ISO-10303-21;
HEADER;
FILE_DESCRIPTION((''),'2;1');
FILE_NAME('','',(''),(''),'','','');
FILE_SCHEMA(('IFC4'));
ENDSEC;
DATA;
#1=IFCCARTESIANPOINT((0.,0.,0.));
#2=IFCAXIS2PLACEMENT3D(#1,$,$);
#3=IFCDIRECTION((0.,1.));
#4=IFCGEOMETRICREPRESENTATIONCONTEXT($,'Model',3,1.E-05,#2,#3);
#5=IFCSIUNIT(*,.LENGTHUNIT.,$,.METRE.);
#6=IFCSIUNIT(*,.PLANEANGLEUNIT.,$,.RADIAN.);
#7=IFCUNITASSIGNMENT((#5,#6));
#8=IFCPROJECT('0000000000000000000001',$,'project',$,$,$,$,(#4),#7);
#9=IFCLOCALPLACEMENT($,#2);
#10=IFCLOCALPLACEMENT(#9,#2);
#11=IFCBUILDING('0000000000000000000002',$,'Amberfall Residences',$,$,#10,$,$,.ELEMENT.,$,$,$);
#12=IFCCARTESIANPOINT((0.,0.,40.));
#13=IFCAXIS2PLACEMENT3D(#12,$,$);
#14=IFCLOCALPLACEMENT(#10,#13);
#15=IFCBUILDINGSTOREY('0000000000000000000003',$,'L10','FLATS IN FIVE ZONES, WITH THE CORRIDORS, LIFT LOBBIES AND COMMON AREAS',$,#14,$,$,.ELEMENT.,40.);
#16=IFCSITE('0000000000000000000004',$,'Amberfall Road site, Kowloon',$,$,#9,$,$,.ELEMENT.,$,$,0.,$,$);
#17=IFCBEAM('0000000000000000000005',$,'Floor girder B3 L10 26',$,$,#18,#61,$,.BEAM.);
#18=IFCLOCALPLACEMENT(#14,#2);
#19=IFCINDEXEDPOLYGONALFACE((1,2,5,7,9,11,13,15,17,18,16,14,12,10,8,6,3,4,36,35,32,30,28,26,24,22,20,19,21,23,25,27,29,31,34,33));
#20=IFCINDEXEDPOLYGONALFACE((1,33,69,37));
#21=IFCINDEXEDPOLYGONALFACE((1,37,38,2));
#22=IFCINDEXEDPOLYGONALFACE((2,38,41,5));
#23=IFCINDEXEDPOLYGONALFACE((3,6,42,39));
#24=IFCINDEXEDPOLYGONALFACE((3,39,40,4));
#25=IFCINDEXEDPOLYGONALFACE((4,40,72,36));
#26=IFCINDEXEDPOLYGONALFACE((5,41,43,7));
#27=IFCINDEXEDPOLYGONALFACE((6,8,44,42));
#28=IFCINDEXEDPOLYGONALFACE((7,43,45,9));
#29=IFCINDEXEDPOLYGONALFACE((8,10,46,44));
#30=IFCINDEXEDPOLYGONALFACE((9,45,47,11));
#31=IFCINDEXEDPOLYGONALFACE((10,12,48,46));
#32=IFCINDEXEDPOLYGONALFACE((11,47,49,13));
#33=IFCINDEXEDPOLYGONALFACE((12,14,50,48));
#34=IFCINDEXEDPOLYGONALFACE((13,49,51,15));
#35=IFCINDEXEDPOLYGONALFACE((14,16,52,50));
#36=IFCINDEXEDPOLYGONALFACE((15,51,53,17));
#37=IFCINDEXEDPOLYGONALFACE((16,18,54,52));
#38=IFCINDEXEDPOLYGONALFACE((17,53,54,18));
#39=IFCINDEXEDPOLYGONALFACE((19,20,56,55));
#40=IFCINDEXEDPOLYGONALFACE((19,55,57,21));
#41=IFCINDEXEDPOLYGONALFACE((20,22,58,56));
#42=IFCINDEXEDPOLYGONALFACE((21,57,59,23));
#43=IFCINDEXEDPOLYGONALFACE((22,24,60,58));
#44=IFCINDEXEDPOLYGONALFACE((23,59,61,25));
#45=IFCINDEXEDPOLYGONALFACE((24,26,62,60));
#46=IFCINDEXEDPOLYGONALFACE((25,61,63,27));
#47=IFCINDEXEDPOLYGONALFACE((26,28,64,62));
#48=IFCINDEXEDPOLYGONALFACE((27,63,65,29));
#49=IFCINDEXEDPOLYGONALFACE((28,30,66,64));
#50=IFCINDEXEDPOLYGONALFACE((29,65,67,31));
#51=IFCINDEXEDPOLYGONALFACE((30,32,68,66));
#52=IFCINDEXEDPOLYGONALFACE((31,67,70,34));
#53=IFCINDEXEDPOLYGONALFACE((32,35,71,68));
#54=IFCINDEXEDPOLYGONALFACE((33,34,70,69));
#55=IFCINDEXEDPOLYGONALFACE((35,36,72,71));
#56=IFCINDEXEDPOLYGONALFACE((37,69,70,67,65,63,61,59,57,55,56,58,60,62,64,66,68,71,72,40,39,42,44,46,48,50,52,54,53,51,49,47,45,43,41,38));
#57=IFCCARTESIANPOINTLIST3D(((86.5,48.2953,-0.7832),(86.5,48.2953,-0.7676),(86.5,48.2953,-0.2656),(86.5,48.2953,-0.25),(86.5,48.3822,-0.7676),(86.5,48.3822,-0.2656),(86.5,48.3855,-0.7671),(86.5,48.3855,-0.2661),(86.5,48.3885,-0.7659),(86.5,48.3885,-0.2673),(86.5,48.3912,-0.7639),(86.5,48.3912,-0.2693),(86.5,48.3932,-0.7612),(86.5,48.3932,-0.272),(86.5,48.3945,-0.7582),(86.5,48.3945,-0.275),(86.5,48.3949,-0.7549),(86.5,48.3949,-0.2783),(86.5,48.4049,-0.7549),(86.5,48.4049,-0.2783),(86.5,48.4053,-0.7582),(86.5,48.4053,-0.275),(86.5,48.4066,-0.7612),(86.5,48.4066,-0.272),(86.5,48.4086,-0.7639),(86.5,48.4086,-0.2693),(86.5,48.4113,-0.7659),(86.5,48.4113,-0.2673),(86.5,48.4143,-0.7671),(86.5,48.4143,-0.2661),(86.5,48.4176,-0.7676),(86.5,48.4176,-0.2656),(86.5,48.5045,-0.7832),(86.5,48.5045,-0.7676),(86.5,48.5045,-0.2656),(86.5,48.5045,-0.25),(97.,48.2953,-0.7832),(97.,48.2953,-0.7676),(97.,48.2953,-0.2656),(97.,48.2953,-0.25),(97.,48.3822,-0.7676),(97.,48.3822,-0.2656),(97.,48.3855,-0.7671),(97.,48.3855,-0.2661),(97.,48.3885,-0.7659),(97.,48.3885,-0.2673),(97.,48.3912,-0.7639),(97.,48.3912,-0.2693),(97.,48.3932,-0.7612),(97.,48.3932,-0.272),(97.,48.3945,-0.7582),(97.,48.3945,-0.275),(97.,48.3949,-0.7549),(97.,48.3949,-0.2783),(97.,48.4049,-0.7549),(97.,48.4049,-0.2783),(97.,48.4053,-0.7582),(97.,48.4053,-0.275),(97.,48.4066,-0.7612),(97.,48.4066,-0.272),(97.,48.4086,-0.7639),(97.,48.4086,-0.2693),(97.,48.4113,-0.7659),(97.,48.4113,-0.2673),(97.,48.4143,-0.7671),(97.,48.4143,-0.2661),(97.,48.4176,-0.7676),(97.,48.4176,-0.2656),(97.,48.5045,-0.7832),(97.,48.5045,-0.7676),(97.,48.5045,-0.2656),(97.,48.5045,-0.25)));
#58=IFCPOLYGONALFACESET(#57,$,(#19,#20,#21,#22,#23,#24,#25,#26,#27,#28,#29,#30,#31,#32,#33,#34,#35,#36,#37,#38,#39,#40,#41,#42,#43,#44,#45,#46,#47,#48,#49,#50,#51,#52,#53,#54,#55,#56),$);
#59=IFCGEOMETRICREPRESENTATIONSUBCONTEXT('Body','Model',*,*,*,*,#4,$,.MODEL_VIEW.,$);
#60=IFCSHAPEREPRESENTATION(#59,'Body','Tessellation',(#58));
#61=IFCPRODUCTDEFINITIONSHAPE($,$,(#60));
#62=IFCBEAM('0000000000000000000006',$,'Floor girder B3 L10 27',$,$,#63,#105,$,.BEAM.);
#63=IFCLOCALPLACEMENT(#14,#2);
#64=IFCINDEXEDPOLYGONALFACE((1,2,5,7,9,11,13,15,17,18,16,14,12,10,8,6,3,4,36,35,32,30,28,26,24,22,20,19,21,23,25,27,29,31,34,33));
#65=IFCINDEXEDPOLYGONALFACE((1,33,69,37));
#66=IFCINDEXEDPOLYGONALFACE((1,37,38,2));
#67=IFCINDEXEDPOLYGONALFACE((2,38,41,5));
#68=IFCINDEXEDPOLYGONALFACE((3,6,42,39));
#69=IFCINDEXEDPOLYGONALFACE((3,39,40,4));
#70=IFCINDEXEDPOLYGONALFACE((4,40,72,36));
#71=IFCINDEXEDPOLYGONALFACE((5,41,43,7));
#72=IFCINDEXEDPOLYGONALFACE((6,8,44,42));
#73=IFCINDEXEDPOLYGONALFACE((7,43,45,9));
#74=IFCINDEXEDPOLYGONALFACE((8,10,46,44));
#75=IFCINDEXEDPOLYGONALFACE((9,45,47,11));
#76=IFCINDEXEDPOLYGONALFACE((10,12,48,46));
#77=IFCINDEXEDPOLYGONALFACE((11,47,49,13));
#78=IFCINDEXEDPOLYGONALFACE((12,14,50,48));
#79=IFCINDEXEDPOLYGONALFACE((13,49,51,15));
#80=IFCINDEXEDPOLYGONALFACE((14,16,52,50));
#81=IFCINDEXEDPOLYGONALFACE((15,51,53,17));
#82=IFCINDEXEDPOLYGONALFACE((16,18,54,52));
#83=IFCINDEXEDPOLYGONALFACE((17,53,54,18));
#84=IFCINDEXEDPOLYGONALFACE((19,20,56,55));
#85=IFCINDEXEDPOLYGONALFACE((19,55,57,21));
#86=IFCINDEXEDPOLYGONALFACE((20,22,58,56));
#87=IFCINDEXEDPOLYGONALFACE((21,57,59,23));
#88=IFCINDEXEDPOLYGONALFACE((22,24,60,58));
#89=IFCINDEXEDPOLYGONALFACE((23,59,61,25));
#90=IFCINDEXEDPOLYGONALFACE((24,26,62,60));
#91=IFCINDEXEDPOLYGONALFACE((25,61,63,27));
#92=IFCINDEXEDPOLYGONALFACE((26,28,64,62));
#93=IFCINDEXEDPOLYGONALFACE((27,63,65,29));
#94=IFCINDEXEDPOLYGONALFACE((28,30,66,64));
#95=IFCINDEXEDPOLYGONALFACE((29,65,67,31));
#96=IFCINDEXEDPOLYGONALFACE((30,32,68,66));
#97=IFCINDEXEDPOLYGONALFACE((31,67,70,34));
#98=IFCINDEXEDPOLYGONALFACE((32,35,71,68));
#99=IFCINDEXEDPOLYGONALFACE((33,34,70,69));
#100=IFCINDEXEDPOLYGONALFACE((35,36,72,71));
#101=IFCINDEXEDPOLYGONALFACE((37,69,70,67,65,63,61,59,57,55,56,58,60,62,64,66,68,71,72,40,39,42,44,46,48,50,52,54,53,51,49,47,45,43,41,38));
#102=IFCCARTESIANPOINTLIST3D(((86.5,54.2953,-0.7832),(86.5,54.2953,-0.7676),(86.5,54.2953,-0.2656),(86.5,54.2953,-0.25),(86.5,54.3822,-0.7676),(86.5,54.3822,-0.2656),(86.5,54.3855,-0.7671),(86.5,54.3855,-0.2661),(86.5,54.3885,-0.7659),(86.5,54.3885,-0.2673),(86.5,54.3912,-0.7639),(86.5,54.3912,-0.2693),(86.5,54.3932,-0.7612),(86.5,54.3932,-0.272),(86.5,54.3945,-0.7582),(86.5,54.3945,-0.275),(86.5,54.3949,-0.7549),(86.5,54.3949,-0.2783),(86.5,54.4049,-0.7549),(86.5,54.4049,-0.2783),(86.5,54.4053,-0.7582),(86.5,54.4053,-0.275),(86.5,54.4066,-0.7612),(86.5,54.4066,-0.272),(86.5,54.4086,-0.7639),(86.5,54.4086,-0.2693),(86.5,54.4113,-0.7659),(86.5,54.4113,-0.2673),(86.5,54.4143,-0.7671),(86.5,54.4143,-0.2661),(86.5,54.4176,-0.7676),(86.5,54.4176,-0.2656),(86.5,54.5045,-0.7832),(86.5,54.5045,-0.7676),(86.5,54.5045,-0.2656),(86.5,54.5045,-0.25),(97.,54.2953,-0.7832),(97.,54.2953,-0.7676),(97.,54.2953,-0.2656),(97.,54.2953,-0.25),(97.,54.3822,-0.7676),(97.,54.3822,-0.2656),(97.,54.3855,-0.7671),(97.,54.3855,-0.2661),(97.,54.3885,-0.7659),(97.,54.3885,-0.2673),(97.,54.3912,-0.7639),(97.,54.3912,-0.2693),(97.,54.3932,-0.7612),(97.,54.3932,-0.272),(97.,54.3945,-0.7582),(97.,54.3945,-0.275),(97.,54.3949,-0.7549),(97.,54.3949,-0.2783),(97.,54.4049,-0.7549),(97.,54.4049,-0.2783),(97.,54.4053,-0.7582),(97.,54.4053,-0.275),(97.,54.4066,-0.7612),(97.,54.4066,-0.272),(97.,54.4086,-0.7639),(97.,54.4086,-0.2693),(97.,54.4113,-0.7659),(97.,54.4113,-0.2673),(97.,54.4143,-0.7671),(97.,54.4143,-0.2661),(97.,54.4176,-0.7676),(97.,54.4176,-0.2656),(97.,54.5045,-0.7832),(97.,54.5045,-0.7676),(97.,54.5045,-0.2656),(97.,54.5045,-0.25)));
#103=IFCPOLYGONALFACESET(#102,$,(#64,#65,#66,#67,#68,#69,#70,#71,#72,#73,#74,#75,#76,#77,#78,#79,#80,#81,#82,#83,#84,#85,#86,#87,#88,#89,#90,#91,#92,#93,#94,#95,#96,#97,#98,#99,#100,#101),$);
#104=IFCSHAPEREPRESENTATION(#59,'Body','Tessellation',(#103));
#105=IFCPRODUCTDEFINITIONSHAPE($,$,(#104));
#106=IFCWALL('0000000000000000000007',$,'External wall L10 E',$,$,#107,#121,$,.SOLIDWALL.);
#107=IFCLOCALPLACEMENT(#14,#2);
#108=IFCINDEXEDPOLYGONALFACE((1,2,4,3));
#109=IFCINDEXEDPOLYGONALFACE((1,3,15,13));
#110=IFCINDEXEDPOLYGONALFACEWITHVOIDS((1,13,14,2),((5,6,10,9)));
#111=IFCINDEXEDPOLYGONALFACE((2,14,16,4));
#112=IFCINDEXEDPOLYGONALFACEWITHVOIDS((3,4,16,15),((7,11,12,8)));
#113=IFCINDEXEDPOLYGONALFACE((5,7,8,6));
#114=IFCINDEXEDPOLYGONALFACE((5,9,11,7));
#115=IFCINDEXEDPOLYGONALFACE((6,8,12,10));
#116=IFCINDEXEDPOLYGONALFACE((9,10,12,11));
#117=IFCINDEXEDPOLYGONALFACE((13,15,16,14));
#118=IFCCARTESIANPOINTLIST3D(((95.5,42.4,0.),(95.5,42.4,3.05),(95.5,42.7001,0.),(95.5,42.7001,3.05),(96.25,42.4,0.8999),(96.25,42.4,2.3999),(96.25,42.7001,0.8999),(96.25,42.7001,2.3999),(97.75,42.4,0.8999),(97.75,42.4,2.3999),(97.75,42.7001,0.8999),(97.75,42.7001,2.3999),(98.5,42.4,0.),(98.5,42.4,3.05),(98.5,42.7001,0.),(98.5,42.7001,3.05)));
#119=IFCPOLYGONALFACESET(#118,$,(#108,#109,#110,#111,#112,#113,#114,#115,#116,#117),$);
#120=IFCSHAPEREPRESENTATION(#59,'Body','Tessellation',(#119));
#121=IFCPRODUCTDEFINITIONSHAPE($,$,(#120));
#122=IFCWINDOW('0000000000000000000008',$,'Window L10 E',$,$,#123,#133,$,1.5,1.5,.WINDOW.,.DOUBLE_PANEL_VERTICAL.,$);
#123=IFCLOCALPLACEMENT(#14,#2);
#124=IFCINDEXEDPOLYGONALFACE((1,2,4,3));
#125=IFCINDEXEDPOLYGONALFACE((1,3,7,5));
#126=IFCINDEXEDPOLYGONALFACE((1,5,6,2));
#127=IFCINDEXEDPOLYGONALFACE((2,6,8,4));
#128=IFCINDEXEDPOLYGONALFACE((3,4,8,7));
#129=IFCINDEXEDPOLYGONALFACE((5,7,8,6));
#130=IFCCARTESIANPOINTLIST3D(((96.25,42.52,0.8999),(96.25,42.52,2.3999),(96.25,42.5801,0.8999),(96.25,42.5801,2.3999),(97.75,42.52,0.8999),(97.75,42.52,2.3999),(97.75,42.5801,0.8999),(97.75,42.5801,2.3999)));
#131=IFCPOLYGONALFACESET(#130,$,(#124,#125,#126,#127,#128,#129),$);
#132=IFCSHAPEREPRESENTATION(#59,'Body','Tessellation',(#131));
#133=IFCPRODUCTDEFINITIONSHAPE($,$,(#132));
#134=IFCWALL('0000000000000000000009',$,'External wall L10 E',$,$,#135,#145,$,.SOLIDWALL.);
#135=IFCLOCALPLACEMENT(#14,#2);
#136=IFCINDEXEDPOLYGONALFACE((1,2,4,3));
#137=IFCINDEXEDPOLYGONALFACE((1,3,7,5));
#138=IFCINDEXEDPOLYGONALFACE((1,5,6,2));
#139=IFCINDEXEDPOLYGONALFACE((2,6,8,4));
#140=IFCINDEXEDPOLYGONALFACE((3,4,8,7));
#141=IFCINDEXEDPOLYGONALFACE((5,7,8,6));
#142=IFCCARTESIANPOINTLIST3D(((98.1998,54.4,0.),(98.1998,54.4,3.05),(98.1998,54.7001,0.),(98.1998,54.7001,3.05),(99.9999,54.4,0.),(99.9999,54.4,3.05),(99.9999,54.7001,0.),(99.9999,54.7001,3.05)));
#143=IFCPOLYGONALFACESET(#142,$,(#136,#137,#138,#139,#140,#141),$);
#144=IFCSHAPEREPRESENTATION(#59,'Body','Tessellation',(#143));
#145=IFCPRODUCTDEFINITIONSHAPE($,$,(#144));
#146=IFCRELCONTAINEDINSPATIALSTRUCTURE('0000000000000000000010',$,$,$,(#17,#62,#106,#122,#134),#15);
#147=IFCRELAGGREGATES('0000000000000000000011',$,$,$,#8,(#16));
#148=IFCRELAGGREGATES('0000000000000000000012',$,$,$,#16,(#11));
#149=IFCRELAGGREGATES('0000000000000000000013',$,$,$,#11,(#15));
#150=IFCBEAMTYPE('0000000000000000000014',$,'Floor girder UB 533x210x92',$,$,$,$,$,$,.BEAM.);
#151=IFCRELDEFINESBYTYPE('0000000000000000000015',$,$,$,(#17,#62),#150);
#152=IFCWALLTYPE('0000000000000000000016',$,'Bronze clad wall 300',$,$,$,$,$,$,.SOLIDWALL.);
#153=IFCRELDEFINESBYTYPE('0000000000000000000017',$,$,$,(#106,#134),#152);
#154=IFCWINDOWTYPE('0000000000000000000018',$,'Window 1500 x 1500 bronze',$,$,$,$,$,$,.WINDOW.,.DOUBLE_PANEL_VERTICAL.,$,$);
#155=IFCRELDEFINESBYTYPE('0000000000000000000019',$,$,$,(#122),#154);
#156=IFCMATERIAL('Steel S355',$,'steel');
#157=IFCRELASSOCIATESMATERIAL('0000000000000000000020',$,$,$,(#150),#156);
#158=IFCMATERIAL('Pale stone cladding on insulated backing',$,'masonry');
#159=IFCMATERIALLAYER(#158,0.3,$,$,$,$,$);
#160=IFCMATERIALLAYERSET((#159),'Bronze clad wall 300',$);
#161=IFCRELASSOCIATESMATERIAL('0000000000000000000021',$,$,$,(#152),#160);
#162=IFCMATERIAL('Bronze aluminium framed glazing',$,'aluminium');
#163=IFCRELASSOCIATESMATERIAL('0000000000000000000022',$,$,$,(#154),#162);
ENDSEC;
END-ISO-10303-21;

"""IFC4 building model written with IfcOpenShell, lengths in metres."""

from ifc_helpers import new_model, si_unit, direction, frame, frame_2d, origin, origin_2d, place, context, subcontext, project, spatial, rectangle, i_section, extrude, material, layer, layer_set, material_profile, profile_set, type_object, element, fill, save


model = new_model("IFC4")

# Units and contexts
model_context = context("Model", 3, precision=1e-05, world=origin(), true_north=direction((0.0, 1.0)))
body_context = subcontext(model_context, "Body", "Model", "MODEL_VIEW")
ifc_project = project(units=[si_unit("LENGTHUNIT", "METRE"), si_unit("PLANEANGLEUNIT", "RADIAN")], contexts=[model_context])

# Site, building, storey
site_placement = place(None, origin())
site = spatial("IfcSite", under=ifc_project, at=site_placement, Name="Amberfall Road site, Kowloon", CompositionType="ELEMENT", RefElevation=0.0)
building_placement = place(site_placement, origin())
building = spatial("IfcBuilding", under=site, at=building_placement, Name="Amberfall Residences", CompositionType="ELEMENT")
storey_placement = place(building_placement, frame((0.0, 0.0, 40.0)))
storey = spatial("IfcBuildingStorey", under=building, at=storey_placement, Name="L10", Description="FLATS IN FIVE ZONES, WITH THE CORRIDORS, LIFT LOBBIES AND COMMON AREAS", CompositionType="ELEMENT", Elevation=40.0)

# Shared definitions
ifc_material_1 = material(Name="Steel S355", Category="steel")

# Beams
ifc_material_profile_1 = material_profile(ifc_material_1, i_section(OverallWidth=0.2092, OverallDepth=0.5332, WebThickness=0.01, FlangeThickness=0.0156, FilletRadius=0.0127, at=origin_2d()), Name="UB 533x210x92")
ifc_profile_set_1 = profile_set([ifc_material_profile_1], Name="Steel S355")
beam_type_1 = type_object("IfcBeamType", Name="Floor girder UB 533x210x92", PredefinedType="BEAM", material=ifc_profile_set_1)
for number, where, z_axis, x_axis, name in (
    (1, (97.0, 48.3999, -0.5166), (-1.0, 0.0, 0.0), (0.0, -1.0, 0.0), "Floor girder B3 L10 26"),
    (2, (97.0, 54.3999, -0.5166), (-1.0, 0.0, 0.0), (0.0, -1.0, 0.0), "Floor girder B3 L10 27"),
):
    element("IfcBeam", number, at=place(storey_placement, frame(where, z_axis=z_axis, x_axis=x_axis)), inside=storey, type_object=beam_type_1, Name=name, PredefinedType="BEAM", context=body_context, shape_type="SweptSolid", body=[
        extrude(i_section(OverallWidth=0.2092, OverallDepth=0.5332, WebThickness=0.01, FlangeThickness=0.0156, FilletRadius=0.0127, at=origin_2d()), origin(), (0.0, 0.0, 1.0), 10.5),
    ])

# Wall, opening, window
ifc_material_2 = material(Name="Pale stone cladding on insulated backing", Category="masonry")
ifc_layer_1 = layer(ifc_material_2, 0.3)
ifc_layer_set_1 = layer_set([ifc_layer_1], Name="Bronze clad wall 300")
wall_type_1 = type_object("IfcWallType", Name="Bronze clad wall 300", PredefinedType="SOLIDWALL", material=ifc_layer_set_1)
wall_1_placement = place(storey_placement, frame((95.5, 42.55, 0.0), z_axis=(0.0, 0.0, 1.0), x_axis=(1.0, 0.0, 0.0)))
wall_1 = element("IfcWall", 3, at=wall_1_placement, inside=storey, type_object=wall_type_1, Name="External wall L10 E", PredefinedType="SOLIDWALL", context=body_context, shape_type="SweptSolid", body=[
    extrude(rectangle(XDim=3.0, YDim=0.3, at=frame_2d((1.5, 0.0))), origin(), (0.0, 0.0, 1.0), 3.05),
])
opening_1_placement = place(wall_1_placement, frame((0.75, 0.0, 0.8999)))
opening_1 = element("IfcOpeningElement", 4, at=opening_1_placement, cuts=wall_1, PredefinedType="OPENING", context=body_context, shape_type="SweptSolid", body=[
    extrude(rectangle(XDim=1.5, YDim=1.5, at=frame_2d((0.75, 0.75))), frame((0.0, 0.1599, 0.0), z_axis=(0.0, -1.0, 0.0), x_axis=(1.0, 0.0, 0.0)), (0.0, 0.0, 1.0), 0.3201),
])
ifc_material_3 = material(Name="Bronze aluminium framed glazing", Category="aluminium")
window_type_1 = type_object("IfcWindowType", Name="Window 1500 x 1500 bronze", PartitioningType="DOUBLE_PANEL_VERTICAL", PredefinedType="WINDOW", material=ifc_material_3)
window_1_placement = place(opening_1_placement, origin())
window_1 = element("IfcWindow", 5, at=window_1_placement, inside=storey, type_object=window_type_1, Name="Window L10 E", OverallHeight=1.5, OverallWidth=1.5, PartitioningType="DOUBLE_PANEL_VERTICAL", PredefinedType="WINDOW", context=body_context, shape_type="SweptSolid", body=[
    extrude(rectangle(XDim=1.5, YDim=1.5, at=frame_2d((0.75, 0.75))), frame((0.0, 0.03, 0.0), z_axis=(0.0, -1.0, 0.0), x_axis=(1.0, 0.0, 0.0)), (0.0, 0.0, 1.0), 0.0601),
])
fill(opening_1, window_1)

# Wall
wall_2_placement = place(storey_placement, frame((98.2, 54.55, 0.0), z_axis=(0.0, 0.0, 1.0), x_axis=(1.0, 0.0, 0.0)))
element("IfcWall", 6, at=wall_2_placement, inside=storey, type_object=wall_type_1, Name="External wall L10 E", PredefinedType="SOLIDWALL", context=body_context, shape_type="SweptSolid", body=[
    extrude(rectangle(XDim=1.8, YDim=0.3, at=frame_2d((0.8999, 0.0))), origin(), (0.0, 0.0, 1.0), 3.05),
])

save(model, "model.ifc")
